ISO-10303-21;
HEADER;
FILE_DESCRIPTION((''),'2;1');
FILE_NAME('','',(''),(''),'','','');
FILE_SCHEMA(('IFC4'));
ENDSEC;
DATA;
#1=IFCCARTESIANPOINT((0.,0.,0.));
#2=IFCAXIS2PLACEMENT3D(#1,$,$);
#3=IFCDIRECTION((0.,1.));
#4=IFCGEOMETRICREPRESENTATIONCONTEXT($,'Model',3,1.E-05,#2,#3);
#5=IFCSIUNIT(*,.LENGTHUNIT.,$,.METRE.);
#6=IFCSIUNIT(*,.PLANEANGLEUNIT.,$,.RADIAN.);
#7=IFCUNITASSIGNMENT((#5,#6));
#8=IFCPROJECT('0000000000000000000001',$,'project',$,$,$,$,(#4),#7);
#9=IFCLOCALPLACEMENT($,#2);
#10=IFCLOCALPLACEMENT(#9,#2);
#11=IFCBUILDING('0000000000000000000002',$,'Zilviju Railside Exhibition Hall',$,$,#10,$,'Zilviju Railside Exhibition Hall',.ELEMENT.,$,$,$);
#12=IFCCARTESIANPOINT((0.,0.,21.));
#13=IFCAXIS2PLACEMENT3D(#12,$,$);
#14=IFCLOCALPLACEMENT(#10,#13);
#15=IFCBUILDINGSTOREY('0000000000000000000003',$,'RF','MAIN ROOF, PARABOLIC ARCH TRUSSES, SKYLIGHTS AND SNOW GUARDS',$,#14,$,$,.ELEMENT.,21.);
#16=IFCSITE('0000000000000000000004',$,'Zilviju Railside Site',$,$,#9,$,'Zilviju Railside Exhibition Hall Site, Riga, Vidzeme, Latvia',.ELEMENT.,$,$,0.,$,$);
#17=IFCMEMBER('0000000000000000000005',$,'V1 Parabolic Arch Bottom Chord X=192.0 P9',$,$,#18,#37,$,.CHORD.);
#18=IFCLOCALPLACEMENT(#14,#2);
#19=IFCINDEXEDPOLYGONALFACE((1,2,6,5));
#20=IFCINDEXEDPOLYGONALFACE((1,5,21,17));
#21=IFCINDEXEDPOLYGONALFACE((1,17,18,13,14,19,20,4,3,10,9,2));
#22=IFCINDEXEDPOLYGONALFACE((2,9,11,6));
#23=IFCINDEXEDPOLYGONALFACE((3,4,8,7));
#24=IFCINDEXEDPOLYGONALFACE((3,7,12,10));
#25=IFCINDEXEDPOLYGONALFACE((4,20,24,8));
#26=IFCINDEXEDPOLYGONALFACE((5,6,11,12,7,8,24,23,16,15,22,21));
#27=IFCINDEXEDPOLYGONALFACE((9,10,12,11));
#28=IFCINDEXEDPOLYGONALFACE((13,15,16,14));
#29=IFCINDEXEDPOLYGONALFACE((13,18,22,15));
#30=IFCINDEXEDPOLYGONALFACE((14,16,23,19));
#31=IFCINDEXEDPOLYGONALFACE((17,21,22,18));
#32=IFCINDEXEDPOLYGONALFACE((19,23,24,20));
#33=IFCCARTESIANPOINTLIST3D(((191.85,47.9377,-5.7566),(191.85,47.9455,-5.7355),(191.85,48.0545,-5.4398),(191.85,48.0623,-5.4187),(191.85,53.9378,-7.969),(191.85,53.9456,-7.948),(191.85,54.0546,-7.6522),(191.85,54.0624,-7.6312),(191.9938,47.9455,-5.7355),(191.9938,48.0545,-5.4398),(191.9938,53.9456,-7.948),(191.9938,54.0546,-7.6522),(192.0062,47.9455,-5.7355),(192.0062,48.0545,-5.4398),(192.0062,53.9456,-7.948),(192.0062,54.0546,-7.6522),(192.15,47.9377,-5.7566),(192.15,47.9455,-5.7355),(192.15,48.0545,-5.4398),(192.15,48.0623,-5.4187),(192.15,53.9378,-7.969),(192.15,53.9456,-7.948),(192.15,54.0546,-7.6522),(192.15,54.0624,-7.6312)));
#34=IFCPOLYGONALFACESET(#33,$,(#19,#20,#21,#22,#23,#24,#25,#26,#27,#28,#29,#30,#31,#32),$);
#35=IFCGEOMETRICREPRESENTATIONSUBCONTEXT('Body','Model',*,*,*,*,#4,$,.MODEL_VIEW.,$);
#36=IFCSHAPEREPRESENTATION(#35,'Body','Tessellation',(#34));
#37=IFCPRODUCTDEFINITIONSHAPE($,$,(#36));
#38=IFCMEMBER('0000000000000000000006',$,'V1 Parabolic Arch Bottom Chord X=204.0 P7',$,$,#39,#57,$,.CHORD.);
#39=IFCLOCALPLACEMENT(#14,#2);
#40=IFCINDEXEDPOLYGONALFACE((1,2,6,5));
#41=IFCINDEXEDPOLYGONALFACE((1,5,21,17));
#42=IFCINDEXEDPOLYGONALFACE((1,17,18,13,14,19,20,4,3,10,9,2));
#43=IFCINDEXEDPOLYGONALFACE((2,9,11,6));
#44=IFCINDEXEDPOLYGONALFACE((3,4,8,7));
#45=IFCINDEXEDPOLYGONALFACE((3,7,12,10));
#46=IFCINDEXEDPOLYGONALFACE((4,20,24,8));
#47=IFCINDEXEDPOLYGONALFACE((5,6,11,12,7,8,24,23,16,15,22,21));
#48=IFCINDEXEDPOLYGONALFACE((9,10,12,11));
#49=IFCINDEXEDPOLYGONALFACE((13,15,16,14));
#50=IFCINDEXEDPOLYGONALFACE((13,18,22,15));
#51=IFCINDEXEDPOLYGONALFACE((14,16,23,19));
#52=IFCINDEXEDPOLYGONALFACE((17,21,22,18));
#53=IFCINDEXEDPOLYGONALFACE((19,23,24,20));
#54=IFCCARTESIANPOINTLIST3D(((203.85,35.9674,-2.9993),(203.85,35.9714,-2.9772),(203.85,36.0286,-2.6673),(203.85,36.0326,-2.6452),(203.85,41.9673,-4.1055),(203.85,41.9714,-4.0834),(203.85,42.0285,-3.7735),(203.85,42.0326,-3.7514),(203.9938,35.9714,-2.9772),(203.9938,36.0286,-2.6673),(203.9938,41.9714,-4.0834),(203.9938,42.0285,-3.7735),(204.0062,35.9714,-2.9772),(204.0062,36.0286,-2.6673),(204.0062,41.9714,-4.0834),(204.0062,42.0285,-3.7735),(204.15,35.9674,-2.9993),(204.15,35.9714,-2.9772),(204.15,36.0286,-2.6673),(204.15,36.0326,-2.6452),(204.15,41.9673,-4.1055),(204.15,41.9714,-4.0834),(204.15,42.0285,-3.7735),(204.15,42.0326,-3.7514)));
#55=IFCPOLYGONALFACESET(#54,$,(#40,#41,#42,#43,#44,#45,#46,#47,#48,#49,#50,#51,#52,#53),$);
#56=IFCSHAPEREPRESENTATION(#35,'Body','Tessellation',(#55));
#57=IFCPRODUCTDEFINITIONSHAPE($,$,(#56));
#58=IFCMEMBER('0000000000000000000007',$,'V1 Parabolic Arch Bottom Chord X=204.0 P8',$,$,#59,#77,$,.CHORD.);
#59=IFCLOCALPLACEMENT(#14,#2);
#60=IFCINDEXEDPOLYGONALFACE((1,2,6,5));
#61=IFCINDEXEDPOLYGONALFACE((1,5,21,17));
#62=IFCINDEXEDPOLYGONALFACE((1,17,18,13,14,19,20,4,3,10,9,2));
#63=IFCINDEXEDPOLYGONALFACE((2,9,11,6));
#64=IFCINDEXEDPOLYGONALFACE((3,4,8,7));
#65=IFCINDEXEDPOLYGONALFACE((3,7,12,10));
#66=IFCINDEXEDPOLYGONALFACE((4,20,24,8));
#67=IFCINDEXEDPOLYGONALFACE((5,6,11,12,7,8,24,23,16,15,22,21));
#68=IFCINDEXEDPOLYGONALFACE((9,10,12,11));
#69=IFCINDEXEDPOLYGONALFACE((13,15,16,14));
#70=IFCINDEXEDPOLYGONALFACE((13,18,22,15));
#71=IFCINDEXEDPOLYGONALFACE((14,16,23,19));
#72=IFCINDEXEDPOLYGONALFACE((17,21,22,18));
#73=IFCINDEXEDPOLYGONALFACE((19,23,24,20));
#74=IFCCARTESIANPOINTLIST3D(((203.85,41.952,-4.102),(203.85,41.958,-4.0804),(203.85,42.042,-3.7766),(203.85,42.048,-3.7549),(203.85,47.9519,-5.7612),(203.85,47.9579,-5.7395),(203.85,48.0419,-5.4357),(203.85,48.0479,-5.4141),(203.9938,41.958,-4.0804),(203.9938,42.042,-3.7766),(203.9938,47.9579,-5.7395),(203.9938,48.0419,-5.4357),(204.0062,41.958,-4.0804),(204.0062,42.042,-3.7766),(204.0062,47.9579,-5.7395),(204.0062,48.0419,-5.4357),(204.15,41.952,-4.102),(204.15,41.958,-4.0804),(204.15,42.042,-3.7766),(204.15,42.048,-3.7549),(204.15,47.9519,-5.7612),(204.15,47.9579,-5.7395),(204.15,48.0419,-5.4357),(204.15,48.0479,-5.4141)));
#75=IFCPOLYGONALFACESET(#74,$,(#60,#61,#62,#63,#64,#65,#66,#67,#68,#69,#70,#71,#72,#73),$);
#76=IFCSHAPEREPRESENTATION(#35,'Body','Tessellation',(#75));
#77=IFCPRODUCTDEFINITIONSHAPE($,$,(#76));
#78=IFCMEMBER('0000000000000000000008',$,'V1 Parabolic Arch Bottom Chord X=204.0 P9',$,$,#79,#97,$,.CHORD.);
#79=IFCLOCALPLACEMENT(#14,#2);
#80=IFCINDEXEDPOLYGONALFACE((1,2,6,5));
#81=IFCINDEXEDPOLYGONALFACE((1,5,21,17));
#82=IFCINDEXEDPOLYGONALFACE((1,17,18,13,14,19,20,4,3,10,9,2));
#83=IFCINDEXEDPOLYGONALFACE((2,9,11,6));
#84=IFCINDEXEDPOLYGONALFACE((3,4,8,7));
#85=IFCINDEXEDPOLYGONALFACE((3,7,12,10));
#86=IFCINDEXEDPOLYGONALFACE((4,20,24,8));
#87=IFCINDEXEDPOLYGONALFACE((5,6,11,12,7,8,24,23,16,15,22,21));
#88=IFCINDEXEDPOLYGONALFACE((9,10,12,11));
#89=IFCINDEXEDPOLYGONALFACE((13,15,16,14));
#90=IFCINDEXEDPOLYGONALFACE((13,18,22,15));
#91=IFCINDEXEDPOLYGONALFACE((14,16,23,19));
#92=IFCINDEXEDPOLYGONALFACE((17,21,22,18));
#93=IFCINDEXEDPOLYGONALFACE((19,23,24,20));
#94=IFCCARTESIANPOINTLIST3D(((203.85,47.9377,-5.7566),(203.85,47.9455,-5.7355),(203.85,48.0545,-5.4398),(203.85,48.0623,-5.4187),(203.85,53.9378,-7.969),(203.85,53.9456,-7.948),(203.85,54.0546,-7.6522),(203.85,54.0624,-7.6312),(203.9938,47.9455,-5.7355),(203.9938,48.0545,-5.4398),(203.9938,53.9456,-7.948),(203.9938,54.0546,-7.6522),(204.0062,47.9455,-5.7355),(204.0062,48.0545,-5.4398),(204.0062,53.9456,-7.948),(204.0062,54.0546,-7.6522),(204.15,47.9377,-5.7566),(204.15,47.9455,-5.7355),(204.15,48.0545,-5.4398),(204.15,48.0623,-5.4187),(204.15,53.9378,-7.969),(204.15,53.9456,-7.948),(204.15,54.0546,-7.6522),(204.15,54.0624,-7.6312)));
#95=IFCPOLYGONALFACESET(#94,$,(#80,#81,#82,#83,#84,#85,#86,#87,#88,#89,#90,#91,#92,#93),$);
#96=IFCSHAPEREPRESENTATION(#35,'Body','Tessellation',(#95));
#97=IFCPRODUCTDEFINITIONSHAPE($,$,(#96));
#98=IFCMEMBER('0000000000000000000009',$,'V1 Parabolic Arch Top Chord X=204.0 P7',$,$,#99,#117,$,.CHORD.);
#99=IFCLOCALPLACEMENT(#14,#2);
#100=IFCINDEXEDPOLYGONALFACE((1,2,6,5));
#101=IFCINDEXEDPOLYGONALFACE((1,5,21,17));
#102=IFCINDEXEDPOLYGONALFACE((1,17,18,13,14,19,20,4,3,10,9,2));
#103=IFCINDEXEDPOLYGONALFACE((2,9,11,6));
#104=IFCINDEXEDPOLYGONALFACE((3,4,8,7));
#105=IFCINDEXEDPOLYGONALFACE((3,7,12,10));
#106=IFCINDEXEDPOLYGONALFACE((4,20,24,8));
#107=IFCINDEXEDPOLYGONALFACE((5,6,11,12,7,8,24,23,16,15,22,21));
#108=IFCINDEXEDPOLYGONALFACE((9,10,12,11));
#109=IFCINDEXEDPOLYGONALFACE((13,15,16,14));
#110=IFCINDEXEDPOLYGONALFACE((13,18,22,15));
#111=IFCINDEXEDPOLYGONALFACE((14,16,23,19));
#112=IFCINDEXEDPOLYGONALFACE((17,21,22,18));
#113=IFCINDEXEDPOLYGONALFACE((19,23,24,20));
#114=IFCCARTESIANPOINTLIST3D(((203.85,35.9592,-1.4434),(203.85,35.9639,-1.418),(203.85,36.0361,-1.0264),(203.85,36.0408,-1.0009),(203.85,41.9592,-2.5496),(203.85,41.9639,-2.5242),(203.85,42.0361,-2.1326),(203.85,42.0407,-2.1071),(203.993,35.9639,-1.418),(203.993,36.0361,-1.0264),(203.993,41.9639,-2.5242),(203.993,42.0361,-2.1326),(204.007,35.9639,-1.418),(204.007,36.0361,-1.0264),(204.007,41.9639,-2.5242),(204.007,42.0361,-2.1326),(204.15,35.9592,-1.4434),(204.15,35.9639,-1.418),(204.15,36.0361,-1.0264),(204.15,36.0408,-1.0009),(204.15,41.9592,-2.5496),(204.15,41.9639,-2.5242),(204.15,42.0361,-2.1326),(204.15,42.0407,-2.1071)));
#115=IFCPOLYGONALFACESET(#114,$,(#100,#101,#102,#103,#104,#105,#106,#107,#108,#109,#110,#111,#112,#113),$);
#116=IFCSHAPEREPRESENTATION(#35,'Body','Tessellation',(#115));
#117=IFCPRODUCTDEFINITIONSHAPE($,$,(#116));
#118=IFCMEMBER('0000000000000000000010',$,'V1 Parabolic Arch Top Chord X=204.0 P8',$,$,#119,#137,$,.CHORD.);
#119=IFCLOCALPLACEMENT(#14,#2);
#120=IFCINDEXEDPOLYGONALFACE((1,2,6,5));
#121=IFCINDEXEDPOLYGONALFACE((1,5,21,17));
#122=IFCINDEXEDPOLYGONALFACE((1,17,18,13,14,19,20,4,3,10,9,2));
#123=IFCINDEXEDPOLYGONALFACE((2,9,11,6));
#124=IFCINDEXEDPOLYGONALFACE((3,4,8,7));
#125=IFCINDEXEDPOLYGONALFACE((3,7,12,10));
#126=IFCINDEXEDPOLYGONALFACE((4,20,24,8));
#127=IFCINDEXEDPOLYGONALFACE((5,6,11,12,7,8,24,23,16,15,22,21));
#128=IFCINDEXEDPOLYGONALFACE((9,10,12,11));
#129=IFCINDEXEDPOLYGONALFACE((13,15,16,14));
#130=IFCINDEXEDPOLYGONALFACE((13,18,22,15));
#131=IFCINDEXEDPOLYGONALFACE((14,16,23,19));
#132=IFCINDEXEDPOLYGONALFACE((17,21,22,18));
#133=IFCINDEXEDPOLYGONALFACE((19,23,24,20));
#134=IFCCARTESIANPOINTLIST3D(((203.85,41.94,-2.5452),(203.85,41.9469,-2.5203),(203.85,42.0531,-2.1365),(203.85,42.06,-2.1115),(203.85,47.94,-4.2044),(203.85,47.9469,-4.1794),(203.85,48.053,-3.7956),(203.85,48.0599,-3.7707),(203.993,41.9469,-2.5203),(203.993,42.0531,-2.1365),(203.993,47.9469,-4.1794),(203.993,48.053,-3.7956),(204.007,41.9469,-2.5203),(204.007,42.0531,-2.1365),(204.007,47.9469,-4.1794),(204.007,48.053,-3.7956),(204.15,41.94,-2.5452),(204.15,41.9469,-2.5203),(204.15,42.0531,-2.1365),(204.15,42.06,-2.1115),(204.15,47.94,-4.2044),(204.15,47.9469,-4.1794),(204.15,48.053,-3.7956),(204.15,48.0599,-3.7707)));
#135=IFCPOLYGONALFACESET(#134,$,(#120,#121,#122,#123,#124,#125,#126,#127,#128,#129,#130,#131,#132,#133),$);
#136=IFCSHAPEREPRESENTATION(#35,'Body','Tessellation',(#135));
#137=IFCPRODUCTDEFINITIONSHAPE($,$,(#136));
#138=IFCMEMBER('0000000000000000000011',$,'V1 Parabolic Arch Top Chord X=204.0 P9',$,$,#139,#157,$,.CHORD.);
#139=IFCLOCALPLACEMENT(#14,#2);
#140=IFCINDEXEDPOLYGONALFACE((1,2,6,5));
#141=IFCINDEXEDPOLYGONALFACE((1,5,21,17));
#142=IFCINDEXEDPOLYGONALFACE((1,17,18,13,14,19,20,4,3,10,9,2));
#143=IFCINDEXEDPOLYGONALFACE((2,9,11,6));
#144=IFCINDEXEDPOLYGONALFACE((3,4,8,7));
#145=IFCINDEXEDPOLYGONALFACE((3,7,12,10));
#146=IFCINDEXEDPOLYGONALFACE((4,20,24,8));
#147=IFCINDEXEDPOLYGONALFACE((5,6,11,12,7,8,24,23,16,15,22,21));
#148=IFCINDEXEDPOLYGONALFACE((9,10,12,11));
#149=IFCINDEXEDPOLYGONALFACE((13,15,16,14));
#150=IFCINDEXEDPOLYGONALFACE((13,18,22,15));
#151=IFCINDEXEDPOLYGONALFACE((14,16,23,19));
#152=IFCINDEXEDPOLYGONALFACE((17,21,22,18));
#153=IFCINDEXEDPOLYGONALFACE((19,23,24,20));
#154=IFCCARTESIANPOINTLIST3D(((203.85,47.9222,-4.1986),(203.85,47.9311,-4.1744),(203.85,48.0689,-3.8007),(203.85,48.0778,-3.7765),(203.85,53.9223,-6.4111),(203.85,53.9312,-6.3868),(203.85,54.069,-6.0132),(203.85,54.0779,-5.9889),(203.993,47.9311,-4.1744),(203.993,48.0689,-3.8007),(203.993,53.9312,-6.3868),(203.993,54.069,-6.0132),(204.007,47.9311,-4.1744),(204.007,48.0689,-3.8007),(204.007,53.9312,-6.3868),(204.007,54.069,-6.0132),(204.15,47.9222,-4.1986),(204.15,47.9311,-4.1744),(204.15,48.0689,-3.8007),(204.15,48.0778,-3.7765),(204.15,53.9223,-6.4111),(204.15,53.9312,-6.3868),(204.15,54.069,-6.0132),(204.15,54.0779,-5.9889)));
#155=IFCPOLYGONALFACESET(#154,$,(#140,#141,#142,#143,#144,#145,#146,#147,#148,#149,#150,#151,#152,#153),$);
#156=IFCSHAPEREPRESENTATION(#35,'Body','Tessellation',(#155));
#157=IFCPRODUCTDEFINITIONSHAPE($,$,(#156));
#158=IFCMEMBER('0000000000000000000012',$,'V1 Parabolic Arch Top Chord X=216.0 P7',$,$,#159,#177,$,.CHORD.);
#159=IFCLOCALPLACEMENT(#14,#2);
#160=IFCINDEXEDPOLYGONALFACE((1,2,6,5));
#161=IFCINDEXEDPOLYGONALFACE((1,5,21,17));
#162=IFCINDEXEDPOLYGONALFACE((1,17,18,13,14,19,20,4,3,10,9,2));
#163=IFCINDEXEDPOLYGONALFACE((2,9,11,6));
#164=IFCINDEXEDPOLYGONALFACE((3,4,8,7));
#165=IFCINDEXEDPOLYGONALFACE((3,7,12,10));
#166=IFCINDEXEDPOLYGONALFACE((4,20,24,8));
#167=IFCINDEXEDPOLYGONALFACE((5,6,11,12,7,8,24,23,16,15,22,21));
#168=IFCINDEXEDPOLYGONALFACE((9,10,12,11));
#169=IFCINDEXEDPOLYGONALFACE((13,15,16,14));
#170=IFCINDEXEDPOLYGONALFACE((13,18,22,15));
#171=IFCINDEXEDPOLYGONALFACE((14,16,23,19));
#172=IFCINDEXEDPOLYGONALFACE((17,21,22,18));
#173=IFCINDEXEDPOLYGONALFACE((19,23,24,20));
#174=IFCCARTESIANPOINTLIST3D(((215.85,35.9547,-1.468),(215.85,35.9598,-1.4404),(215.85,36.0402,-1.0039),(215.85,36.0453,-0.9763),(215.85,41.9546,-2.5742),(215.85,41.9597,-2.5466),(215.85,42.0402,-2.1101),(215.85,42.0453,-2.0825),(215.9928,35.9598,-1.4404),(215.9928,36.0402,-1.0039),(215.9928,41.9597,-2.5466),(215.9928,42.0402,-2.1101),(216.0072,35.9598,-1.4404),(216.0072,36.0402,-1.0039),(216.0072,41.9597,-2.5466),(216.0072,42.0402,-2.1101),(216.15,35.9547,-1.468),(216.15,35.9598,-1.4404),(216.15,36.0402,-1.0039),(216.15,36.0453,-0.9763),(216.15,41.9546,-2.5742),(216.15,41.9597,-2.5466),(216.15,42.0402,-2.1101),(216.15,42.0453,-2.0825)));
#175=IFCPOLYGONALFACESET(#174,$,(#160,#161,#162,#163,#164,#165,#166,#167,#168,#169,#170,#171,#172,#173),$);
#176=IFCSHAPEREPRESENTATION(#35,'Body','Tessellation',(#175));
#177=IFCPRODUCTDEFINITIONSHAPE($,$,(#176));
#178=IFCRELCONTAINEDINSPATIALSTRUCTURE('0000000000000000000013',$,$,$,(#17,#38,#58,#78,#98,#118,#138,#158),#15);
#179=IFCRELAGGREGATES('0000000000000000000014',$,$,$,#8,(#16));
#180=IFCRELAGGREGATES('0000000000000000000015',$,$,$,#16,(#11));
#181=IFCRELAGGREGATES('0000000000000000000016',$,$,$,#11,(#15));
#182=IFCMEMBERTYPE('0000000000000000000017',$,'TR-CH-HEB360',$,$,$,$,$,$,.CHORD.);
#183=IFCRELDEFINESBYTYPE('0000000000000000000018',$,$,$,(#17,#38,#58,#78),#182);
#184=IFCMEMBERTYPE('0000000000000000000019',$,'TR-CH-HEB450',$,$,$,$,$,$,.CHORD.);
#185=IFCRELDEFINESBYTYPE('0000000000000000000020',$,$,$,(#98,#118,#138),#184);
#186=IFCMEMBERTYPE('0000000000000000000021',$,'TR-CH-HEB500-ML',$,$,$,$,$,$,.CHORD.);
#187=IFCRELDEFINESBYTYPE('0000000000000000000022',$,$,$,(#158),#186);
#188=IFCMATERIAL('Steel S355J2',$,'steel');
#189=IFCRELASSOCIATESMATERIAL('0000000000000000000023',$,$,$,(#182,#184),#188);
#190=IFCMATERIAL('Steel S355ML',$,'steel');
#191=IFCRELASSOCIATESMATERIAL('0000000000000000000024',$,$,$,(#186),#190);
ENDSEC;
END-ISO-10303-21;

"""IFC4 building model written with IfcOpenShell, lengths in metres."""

from ifc_helpers import new_model, si_unit, direction, frame, origin, origin_2d, place, context, subcontext, project, spatial, i_section, extrude, material, material_profile, profile_set, type_object, element, save


model = new_model("IFC4")

# Units and contexts
model_context = context("Model", 3, precision=1e-05, world=origin(), true_north=direction((0.0, 1.0)))
body_context = subcontext(model_context, "Body", "Model", "MODEL_VIEW")
ifc_project = project(units=[si_unit("LENGTHUNIT", "METRE"), si_unit("PLANEANGLEUNIT", "RADIAN")], contexts=[model_context])

# Site, building, storey
site_placement = place(None, origin())
site = spatial("IfcSite", under=ifc_project, at=site_placement, Name="Zilviju Railside Site", LongName="Zilviju Railside Exhibition Hall Site, Riga, Vidzeme, Latvia", CompositionType="ELEMENT", RefElevation=0.0)
building_placement = place(site_placement, origin())
building = spatial("IfcBuilding", under=site, at=building_placement, Name="Zilviju Railside Exhibition Hall", LongName="Zilviju Railside Exhibition Hall", CompositionType="ELEMENT")
storey_placement = place(building_placement, frame((0.0, 0.0, 21.0)))
storey = spatial("IfcBuildingStorey", under=building, at=storey_placement, Name="RF", Description="MAIN ROOF, PARABOLIC ARCH TRUSSES, SKYLIGHTS AND SNOW GUARDS", CompositionType="ELEMENT", Elevation=21.0)

# Members
ifc_material_1 = material(Name="Steel S355J2", Category="steel")
ifc_material_2 = material(Name="Steel S355ML", Category="steel")
ifc_material_profile_1 = material_profile(ifc_material_1, i_section(OverallWidth=0.3, OverallDepth=0.3601, WebThickness=0.0125, FlangeThickness=0.0225, at=origin_2d()), Name="HEB 360")
ifc_profile_set_1 = profile_set([ifc_material_profile_1], Name="Steel S355J2")
member_type_1 = type_object("IfcMemberType", Name="TR-CH-HEB360", PredefinedType="CHORD", material=ifc_profile_set_1)
member_1_placement = place(storey_placement, frame((192.0, 48.0, -5.5876), z_axis=(0.0, 0.938248, -0.345964), x_axis=(-1.0, 0.0, 0.0)))
element("IfcMember", 1, at=member_1_placement, inside=storey, type_object=member_type_1, Name="V1 Parabolic Arch Bottom Chord X=192.0 P9", PredefinedType="CHORD", context=body_context, shape_type="SweptSolid", body=[
    extrude(i_section(OverallWidth=0.3, OverallDepth=0.3601, WebThickness=0.0125, FlangeThickness=0.0225, at=origin_2d()), origin(), (0.0, 0.0, 1.0), 6.395),
])
member_2_placement = place(storey_placement, frame((204.0, 36.0, -2.8223), z_axis=(0.0, 0.983426, -0.181311), x_axis=(-1.0, 0.0, 0.0)))
element("IfcMember", 2, at=member_2_placement, inside=storey, type_object=member_type_1, Name="V1 Parabolic Arch Bottom Chord X=204.0 P7", PredefinedType="CHORD", context=body_context, shape_type="SweptSolid", body=[
    extrude(i_section(OverallWidth=0.3, OverallDepth=0.3601, WebThickness=0.0125, FlangeThickness=0.0225, at=origin_2d()), origin(), (0.0, 0.0, 1.0), 6.1011),
])
member_3_placement = place(storey_placement, frame((204.0, 42.0, -3.9285), z_axis=(0.0, 0.963827, -0.266527), x_axis=(-1.0, 0.0, 0.0)))
element("IfcMember", 3, at=member_3_placement, inside=storey, type_object=member_type_1, Name="V1 Parabolic Arch Bottom Chord X=204.0 P8", PredefinedType="CHORD", context=body_context, shape_type="SweptSolid", body=[
    extrude(i_section(OverallWidth=0.3, OverallDepth=0.3601, WebThickness=0.0125, FlangeThickness=0.0225, at=origin_2d()), origin(), (0.0, 0.0, 1.0), 6.2251),
])
member_4_placement = place(storey_placement, frame((204.0, 48.0, -5.5876), z_axis=(0.0, 0.938248, -0.345964), x_axis=(-1.0, 0.0, 0.0)))
element("IfcMember", 4, at=member_4_placement, inside=storey, type_object=member_type_1, Name="V1 Parabolic Arch Bottom Chord X=204.0 P9", PredefinedType="CHORD", context=body_context, shape_type="SweptSolid", body=[
    extrude(i_section(OverallWidth=0.3, OverallDepth=0.3601, WebThickness=0.0125, FlangeThickness=0.0225, at=origin_2d()), origin(), (0.0, 0.0, 1.0), 6.395),
])
ifc_material_profile_2 = material_profile(ifc_material_1, i_section(OverallWidth=0.3, OverallDepth=0.45, WebThickness=0.0139, FlangeThickness=0.0259, at=origin_2d()), Name="HEB 450")
ifc_profile_set_2 = profile_set([ifc_material_profile_2], Name="Steel S355J2")
member_type_2 = type_object("IfcMemberType", Name="TR-CH-HEB450", PredefinedType="CHORD", material=ifc_profile_set_2)
member_5_placement = place(storey_placement, frame((204.0, 36.0, -1.2222), z_axis=(0.0, 0.983426, -0.181311), x_axis=(-1.0, 0.0, 0.0)))
element("IfcMember", 5, at=member_5_placement, inside=storey, type_object=member_type_2, Name="V1 Parabolic Arch Top Chord X=204.0 P7", PredefinedType="CHORD", context=body_context, shape_type="SweptSolid", body=[
    extrude(i_section(OverallWidth=0.3, OverallDepth=0.45, WebThickness=0.0139, FlangeThickness=0.0259, at=origin_2d()), origin(), (0.0, 0.0, 1.0), 6.1011),
])
member_6_placement = place(storey_placement, frame((204.0, 42.0, -2.3284), z_axis=(0.0, 0.963827, -0.266527), x_axis=(-1.0, 0.0, 0.0)))
element("IfcMember", 6, at=member_6_placement, inside=storey, type_object=member_type_2, Name="V1 Parabolic Arch Top Chord X=204.0 P8", PredefinedType="CHORD", context=body_context, shape_type="SweptSolid", body=[
    extrude(i_section(OverallWidth=0.3, OverallDepth=0.45, WebThickness=0.0139, FlangeThickness=0.0259, at=origin_2d()), origin(), (0.0, 0.0, 1.0), 6.2251),
])
member_7_placement = place(storey_placement, frame((204.0, 48.0, -3.9875), z_axis=(0.0, 0.938248, -0.345964), x_axis=(-1.0, 0.0, 0.0)))
element("IfcMember", 7, at=member_7_placement, inside=storey, type_object=member_type_2, Name="V1 Parabolic Arch Top Chord X=204.0 P9", PredefinedType="CHORD", context=body_context, shape_type="SweptSolid", body=[
    extrude(i_section(OverallWidth=0.3, OverallDepth=0.45, WebThickness=0.0139, FlangeThickness=0.0259, at=origin_2d()), origin(), (0.0, 0.0, 1.0), 6.395),
])
ifc_material_profile_3 = material_profile(ifc_material_2, i_section(OverallWidth=0.3, OverallDepth=0.5, WebThickness=0.0144, FlangeThickness=0.0281, at=origin_2d()), Name="HEB 500")
ifc_profile_set_3 = profile_set([ifc_material_profile_3], Name="Steel S355ML")
member_type_3 = type_object("IfcMemberType", Name="TR-CH-HEB500-ML", PredefinedType="CHORD", material=ifc_profile_set_3)
member_8_placement = place(storey_placement, frame((216.0, 36.0, -1.2222), z_axis=(0.0, 0.983426, -0.181311), x_axis=(-1.0, 0.0, 0.0)))
element("IfcMember", 8, at=member_8_placement, inside=storey, type_object=member_type_3, Name="V1 Parabolic Arch Top Chord X=216.0 P7", PredefinedType="CHORD", context=body_context, shape_type="SweptSolid", body=[
    extrude(i_section(OverallWidth=0.3, OverallDepth=0.5, WebThickness=0.0144, FlangeThickness=0.0281, at=origin_2d()), origin(), (0.0, 0.0, 1.0), 6.1011),
])

save(model, "model.ifc")
